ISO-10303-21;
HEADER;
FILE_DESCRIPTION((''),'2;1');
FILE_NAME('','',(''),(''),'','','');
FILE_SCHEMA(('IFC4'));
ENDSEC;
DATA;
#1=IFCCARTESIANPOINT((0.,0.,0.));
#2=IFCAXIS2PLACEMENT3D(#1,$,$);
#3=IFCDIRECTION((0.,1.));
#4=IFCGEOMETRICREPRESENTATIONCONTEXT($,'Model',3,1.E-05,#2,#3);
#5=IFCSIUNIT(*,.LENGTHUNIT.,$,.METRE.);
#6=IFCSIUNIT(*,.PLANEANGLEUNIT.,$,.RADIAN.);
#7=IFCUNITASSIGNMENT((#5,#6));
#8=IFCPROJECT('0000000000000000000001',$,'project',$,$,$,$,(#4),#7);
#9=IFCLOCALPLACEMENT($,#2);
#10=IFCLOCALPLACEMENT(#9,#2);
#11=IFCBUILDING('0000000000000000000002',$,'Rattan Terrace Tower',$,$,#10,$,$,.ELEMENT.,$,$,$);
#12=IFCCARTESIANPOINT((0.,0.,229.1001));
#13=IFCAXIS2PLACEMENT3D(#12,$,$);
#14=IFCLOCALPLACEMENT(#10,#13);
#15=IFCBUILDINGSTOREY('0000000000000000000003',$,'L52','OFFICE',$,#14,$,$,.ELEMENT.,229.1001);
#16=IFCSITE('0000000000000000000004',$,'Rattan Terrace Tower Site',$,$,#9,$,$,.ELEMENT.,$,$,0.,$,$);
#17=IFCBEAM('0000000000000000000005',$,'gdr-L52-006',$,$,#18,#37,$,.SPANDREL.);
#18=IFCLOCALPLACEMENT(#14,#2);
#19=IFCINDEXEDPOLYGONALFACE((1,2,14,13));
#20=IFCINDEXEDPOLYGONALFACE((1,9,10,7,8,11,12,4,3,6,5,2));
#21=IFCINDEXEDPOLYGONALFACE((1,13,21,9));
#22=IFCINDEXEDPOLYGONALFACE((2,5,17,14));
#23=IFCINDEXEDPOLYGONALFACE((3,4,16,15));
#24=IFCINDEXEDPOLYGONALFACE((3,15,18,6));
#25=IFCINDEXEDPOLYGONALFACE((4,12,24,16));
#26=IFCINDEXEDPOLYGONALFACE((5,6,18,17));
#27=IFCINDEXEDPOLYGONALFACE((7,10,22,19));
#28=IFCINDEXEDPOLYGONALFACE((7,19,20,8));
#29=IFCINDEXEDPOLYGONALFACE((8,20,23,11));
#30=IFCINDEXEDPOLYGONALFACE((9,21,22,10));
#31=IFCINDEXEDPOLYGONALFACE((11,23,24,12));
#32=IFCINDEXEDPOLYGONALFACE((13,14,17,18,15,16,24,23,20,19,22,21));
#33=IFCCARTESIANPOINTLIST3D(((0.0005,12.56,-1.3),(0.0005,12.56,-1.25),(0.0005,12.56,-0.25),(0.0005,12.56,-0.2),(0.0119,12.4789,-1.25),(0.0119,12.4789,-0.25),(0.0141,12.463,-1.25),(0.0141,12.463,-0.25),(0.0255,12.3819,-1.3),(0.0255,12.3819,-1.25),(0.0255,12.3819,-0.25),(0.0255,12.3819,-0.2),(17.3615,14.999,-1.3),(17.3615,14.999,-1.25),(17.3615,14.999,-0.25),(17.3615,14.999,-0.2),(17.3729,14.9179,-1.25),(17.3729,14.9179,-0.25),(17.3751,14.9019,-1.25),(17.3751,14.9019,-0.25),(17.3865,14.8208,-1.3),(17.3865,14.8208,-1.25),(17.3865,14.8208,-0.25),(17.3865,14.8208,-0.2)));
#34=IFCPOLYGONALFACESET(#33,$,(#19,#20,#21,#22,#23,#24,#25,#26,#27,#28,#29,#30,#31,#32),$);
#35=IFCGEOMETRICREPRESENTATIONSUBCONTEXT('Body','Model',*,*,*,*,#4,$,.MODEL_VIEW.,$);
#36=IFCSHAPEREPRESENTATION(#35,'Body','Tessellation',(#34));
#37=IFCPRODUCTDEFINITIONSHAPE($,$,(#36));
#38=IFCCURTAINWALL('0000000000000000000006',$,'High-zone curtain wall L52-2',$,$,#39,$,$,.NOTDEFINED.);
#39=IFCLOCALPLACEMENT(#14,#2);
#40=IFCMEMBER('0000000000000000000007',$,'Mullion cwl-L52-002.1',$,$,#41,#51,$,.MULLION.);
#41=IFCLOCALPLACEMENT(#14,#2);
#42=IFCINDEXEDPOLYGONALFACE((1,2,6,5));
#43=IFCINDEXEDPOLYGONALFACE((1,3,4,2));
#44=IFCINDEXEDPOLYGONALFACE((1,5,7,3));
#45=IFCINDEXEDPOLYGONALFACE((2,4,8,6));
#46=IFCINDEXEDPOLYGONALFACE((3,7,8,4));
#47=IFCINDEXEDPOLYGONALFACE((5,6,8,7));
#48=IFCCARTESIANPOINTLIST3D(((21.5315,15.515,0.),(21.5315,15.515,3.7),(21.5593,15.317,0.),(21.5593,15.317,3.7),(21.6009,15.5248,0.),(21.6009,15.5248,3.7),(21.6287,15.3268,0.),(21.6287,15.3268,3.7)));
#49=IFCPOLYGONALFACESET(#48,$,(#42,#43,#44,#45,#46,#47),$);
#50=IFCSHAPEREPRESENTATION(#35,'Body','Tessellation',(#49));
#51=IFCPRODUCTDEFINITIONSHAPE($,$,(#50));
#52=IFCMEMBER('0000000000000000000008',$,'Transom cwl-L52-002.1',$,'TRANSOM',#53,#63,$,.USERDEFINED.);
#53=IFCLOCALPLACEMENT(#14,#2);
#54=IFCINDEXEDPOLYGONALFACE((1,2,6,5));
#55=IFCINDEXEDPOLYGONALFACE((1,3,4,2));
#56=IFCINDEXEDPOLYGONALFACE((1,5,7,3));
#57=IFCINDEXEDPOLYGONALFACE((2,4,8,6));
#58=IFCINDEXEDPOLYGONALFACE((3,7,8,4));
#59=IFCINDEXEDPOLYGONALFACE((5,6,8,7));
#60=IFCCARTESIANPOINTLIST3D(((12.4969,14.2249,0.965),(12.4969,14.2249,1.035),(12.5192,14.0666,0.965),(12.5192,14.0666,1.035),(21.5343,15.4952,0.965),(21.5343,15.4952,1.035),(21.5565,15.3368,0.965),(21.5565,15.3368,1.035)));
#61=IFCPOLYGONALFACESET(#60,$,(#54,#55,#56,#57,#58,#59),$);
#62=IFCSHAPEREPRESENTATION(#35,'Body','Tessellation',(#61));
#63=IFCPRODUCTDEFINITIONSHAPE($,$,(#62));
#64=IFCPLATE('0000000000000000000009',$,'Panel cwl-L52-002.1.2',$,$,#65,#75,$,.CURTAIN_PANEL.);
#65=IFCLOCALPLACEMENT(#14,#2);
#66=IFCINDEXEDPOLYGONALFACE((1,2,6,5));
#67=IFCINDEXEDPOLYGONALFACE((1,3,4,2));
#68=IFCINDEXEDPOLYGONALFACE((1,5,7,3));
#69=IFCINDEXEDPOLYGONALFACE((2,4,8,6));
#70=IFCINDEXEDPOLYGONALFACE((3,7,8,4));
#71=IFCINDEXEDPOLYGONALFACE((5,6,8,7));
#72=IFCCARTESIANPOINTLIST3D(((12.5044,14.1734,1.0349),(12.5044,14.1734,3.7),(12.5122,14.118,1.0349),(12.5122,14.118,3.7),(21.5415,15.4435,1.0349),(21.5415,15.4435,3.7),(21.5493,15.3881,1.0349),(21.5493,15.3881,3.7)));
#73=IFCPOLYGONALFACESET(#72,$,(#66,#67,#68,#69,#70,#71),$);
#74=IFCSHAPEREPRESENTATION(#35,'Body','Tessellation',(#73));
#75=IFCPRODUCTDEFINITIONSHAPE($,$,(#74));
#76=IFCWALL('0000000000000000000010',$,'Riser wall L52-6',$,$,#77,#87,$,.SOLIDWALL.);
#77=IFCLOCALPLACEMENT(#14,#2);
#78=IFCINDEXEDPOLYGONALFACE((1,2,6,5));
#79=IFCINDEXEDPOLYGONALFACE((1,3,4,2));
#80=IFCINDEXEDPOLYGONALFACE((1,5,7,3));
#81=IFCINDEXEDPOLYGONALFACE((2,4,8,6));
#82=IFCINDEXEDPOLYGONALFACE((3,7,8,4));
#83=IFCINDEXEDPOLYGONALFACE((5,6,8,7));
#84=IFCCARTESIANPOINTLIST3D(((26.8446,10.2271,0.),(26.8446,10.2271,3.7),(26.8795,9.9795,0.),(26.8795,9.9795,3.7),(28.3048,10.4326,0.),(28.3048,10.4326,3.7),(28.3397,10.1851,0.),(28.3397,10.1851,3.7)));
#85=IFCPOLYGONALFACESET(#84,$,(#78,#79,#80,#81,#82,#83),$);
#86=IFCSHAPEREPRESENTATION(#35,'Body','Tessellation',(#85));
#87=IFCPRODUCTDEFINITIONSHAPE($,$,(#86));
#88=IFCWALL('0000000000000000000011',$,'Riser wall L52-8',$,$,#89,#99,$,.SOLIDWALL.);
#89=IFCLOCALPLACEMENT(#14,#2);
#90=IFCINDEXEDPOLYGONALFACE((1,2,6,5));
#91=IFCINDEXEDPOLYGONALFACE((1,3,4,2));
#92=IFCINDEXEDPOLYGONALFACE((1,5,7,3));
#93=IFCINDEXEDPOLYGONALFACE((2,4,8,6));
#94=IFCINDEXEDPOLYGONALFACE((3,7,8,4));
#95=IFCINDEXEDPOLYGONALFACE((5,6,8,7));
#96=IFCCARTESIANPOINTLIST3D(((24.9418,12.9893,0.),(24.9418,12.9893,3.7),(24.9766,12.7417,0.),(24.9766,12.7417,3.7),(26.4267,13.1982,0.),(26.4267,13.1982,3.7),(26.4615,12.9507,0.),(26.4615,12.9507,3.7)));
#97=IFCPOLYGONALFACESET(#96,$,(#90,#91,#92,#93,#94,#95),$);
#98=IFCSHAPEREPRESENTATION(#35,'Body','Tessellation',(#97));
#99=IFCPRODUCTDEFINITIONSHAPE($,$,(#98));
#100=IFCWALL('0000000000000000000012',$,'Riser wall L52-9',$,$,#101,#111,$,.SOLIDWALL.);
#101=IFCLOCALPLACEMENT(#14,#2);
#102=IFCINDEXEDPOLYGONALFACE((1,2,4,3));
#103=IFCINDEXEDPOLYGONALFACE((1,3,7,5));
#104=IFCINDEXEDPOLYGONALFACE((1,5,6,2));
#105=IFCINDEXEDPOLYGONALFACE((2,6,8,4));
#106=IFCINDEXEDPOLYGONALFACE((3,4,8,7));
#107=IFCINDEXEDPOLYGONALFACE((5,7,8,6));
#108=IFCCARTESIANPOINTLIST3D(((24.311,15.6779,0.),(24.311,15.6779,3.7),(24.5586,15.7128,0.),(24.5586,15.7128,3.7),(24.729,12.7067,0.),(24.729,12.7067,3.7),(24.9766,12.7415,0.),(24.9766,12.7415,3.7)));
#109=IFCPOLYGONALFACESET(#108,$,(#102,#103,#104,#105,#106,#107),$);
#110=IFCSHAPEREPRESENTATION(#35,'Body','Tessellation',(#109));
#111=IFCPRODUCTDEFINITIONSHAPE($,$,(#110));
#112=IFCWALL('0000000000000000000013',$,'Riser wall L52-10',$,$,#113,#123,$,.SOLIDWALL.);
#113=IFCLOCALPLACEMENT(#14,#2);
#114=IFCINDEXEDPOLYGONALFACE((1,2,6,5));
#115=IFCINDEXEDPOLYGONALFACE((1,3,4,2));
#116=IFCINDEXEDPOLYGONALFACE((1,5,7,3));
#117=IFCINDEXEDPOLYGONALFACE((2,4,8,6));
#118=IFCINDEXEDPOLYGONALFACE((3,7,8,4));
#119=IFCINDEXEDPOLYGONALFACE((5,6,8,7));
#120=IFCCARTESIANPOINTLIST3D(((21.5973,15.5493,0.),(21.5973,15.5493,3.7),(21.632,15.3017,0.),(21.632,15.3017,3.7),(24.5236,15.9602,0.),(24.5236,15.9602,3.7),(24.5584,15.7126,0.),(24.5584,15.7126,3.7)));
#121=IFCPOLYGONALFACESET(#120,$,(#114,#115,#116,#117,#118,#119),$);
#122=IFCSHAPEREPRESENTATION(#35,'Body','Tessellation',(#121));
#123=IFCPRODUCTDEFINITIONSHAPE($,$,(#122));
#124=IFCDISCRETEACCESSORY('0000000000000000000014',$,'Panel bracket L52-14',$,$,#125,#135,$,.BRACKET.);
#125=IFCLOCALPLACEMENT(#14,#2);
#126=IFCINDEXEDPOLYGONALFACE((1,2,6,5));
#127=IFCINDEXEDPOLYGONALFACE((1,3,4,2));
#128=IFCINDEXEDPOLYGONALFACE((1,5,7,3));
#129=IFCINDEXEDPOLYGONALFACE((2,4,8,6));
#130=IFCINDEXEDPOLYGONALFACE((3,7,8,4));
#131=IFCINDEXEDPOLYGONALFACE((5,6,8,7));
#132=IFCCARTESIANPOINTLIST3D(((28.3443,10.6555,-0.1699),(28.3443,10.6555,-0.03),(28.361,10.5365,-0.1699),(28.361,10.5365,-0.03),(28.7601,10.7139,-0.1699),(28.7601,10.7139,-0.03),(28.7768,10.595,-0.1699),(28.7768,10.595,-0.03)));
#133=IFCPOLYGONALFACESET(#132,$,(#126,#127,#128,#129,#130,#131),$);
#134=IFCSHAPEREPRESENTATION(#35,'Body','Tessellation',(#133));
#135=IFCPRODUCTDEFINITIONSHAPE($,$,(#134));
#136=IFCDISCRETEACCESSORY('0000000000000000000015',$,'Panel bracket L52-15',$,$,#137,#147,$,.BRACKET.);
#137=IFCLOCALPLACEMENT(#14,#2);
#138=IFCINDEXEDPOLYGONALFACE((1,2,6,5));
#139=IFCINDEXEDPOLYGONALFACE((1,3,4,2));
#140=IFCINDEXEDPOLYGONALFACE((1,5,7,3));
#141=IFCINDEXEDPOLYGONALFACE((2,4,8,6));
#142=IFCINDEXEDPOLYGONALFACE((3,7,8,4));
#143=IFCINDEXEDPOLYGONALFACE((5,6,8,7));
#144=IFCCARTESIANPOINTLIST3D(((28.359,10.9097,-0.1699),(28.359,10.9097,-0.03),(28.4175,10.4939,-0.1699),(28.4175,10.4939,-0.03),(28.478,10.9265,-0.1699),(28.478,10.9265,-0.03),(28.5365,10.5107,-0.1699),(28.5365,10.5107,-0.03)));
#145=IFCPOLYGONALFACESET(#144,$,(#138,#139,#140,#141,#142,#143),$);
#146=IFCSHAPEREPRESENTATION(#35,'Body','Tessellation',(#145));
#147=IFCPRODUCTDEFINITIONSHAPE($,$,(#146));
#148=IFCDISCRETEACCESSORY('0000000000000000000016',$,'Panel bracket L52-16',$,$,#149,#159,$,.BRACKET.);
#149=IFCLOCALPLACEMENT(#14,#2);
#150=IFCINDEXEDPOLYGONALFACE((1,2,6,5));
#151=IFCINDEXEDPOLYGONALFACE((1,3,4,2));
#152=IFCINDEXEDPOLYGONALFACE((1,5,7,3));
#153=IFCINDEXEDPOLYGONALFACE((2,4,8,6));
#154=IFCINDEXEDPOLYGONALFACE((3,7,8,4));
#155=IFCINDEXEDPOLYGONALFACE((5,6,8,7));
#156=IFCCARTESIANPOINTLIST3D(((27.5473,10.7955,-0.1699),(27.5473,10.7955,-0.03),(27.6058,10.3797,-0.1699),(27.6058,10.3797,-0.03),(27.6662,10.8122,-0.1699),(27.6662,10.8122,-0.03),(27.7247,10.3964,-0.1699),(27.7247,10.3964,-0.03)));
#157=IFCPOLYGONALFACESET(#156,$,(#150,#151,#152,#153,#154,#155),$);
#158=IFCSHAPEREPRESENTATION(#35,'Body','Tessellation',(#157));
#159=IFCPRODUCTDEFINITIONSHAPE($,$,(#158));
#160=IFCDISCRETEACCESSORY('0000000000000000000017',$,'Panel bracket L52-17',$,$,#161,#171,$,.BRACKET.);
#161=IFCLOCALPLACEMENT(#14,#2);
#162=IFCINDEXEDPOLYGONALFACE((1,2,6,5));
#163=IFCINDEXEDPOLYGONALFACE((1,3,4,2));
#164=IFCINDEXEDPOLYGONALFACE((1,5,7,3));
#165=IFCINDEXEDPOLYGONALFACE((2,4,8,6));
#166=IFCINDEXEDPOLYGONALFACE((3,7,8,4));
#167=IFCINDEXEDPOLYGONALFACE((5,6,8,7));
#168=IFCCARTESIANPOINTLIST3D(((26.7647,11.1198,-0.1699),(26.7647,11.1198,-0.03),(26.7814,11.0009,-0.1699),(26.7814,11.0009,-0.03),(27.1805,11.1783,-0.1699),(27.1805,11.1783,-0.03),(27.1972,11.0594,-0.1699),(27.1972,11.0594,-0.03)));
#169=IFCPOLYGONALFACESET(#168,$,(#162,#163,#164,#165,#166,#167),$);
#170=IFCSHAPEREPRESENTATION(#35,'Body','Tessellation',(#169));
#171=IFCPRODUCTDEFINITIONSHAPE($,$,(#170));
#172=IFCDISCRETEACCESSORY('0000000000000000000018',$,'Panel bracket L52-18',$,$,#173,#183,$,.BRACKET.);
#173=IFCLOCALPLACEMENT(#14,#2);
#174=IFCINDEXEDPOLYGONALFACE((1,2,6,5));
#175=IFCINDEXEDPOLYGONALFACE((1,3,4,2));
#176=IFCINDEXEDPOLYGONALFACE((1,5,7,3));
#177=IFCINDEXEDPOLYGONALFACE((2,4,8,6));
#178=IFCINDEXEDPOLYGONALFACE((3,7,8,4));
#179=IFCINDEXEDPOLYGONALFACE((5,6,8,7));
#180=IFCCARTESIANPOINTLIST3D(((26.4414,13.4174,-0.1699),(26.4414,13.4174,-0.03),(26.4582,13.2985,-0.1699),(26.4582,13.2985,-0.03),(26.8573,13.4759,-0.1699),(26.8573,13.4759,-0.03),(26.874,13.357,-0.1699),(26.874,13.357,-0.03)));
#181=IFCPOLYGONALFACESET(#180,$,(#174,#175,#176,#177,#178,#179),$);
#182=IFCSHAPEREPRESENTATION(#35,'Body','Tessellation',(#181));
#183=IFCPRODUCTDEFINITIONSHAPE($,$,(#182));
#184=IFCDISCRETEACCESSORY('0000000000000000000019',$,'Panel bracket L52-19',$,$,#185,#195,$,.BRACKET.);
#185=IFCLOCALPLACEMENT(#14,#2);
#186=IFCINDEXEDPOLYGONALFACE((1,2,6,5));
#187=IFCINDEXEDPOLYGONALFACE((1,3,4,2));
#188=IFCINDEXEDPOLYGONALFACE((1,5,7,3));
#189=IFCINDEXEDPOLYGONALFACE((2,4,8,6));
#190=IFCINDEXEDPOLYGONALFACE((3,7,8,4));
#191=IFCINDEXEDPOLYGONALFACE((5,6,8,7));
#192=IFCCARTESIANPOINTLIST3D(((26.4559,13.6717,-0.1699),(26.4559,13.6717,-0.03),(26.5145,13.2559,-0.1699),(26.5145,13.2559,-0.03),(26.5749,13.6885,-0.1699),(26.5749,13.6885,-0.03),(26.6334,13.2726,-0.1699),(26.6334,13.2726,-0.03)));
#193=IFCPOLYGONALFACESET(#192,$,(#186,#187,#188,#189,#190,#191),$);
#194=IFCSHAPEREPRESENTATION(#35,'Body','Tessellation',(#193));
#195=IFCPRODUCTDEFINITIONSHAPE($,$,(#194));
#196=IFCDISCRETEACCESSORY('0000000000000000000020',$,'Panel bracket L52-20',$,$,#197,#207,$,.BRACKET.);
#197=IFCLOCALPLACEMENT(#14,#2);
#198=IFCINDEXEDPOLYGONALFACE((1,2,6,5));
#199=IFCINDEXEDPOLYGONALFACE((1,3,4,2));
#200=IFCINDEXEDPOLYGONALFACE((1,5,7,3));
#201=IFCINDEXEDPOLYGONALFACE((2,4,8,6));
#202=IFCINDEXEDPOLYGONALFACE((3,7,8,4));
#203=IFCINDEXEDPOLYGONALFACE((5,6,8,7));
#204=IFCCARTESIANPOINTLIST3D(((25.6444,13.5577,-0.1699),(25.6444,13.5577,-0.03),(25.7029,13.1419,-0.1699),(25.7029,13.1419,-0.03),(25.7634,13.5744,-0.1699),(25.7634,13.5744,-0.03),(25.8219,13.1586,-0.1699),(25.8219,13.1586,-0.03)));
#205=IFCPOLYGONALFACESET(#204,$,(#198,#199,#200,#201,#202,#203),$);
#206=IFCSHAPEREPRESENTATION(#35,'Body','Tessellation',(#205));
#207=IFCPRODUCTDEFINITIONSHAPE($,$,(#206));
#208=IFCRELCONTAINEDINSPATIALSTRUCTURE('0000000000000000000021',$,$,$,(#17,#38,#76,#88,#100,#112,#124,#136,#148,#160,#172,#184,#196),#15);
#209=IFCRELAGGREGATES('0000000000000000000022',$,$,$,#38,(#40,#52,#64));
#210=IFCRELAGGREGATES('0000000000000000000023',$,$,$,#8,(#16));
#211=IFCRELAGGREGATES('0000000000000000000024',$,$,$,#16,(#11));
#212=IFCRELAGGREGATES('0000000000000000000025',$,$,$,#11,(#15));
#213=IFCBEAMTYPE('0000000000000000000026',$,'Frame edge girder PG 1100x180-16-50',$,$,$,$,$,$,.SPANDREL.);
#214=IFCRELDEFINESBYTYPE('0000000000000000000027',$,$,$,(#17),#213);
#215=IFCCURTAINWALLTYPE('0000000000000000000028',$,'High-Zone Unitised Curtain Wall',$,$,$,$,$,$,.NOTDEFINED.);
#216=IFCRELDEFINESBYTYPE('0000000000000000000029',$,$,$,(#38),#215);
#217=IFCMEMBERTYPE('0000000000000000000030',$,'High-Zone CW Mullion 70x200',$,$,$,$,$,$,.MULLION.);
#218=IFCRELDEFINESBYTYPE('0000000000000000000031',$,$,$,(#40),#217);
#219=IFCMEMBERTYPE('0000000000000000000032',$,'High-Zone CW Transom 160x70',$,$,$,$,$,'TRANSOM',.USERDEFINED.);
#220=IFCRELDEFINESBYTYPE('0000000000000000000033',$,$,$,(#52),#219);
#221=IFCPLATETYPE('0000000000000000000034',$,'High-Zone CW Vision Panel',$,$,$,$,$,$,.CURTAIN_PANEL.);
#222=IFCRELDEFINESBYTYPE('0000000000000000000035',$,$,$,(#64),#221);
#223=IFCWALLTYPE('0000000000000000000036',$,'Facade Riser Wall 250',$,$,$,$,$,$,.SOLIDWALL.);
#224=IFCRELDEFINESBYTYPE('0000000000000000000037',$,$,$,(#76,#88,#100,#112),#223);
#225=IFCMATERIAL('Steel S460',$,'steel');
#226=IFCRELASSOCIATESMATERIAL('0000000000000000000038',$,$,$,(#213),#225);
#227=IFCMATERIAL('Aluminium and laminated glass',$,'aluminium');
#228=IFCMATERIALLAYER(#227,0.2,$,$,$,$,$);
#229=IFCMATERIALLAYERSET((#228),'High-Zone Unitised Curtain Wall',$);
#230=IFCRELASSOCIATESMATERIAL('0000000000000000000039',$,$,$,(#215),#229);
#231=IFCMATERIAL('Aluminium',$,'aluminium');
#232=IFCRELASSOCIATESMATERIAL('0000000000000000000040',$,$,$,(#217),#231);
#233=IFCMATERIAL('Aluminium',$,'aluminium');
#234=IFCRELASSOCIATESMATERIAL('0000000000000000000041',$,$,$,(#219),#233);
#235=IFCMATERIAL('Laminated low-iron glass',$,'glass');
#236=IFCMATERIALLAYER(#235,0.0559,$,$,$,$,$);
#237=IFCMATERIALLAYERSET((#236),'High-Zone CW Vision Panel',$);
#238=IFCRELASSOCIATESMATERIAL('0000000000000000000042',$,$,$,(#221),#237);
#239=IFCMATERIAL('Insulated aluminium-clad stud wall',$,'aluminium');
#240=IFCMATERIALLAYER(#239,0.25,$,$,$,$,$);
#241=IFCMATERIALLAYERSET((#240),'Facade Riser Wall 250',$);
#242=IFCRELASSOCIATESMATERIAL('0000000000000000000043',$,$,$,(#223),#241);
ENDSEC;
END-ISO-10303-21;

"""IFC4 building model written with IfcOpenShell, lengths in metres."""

from ifc_helpers import new_model, si_unit, direction, frame, frame_2d, origin, origin_2d, place, context, subcontext, project, spatial, rectangle, i_section, extrude, material, layer, layer_set, material_profile, profile_set, type_object, element, aggregate, save


model = new_model("IFC4")

# Units and contexts
model_context = context("Model", 3, precision=1e-05, world=origin(), true_north=direction((0.0, 1.0)))
body_context = subcontext(model_context, "Body", "Model", "MODEL_VIEW")
ifc_project = project(units=[si_unit("LENGTHUNIT", "METRE"), si_unit("PLANEANGLEUNIT", "RADIAN")], contexts=[model_context])

# Site, building, storey
site_placement = place(None, origin())
site = spatial("IfcSite", under=ifc_project, at=site_placement, Name="Rattan Terrace Tower Site", CompositionType="ELEMENT", RefElevation=0.0)
building_placement = place(site_placement, origin())
building = spatial("IfcBuilding", under=site, at=building_placement, Name="Rattan Terrace Tower", CompositionType="ELEMENT")
storey_placement = place(building_placement, frame((0.0, 0.0, 229.1001)))
storey = spatial("IfcBuildingStorey", under=building, at=storey_placement, Name="L52", Description="OFFICE", CompositionType="ELEMENT", Elevation=229.1001)

# Beam
ifc_material_1 = material(Name="Steel S460", Category="steel")
ifc_material_profile_1 = material_profile(ifc_material_1, i_section(OverallWidth=0.1799, OverallDepth=1.1001, WebThickness=0.0161, FlangeThickness=0.05, at=origin_2d()), Name="PG 1100x180-16-50")
ifc_profile_set_1 = profile_set([ifc_material_profile_1], Name="Steel S460")
beam_type = type_object("IfcBeamType", Name="Frame edge girder PG 1100x180-16-50", PredefinedType="SPANDREL", material=ifc_profile_set_1)
beam_placement = place(storey_placement, frame((17.374, 14.9099, -0.75), z_axis=(-0.990276, -0.139118, 0.0), x_axis=(0.139118, -0.990276, 0.0)))
element("IfcBeam", 1, at=beam_placement, inside=storey, type_object=beam_type, Name="gdr-L52-006", PredefinedType="SPANDREL", context=body_context, shape_type="SweptSolid", body=[
    extrude(i_section(OverallWidth=0.1799, OverallDepth=1.1001, WebThickness=0.0161, FlangeThickness=0.05, at=origin_2d()), origin(), (0.0, 0.0, 1.0), 17.5315),
])

# Curtain wall, members, plate
ifc_material_2 = material(Name="Aluminium and laminated glass", Category="aluminium")
ifc_layer_1 = layer(ifc_material_2, 0.2)
ifc_layer_set_1 = layer_set([ifc_layer_1], Name="High-Zone Unitised Curtain Wall")
curtain_wall_type = type_object("IfcCurtainWallType", Name="High-Zone Unitised Curtain Wall", PredefinedType="NOTDEFINED", material=ifc_layer_set_1)
curtain_wall_placement = place(storey_placement, origin())
curtain_wall = element("IfcCurtainWall", 2, at=curtain_wall_placement, inside=storey, type_object=curtain_wall_type, Name="High-zone curtain wall L52-2", PredefinedType="NOTDEFINED")
ifc_material_3 = material(Name="Aluminium", Category="aluminium")
ifc_material_profile_2 = material_profile(ifc_material_3, rectangle(XDim=0.0701, YDim=0.2, at=origin_2d()), Name="Aluminium 70x200")
ifc_profile_set_2 = profile_set([ifc_material_profile_2], Name="Aluminium")
member_type_1 = type_object("IfcMemberType", Name="High-Zone CW Mullion 70x200", PredefinedType="MULLION", material=ifc_profile_set_2)
member_1_placement = place(storey_placement, frame((21.5801, 15.4209, 0.0), z_axis=(0.0, 0.0, 1.0), x_axis=(-0.990267, -0.139177, 0.0)))
member_1 = element("IfcMember", 3, at=member_1_placement, type_object=member_type_1, Name="Mullion cwl-L52-002.1", PredefinedType="MULLION", context=body_context, shape_type="SweptSolid", body=[
    extrude(rectangle(XDim=0.0701, YDim=0.2, at=origin_2d()), origin(), (0.0, 0.0, 1.0), 3.7),
])
ifc_material_4 = material(Name="Aluminium", Category="aluminium")
ifc_material_profile_3 = material_profile(ifc_material_4, rectangle(XDim=0.1599, YDim=0.0701, at=origin_2d()), Name="Aluminium 160x70")
ifc_profile_set_3 = profile_set([ifc_material_profile_3], Name="Aluminium")
member_type_2 = type_object("IfcMemberType", Name="High-Zone CW Transom 160x70", ElementType="TRANSOM", PredefinedType="USERDEFINED", material=ifc_profile_set_3)
member_2_placement = place(storey_placement, frame((21.5454, 15.416, 1.0), z_axis=(-0.990266, -0.139189, 0.0), x_axis=(0.139189, -0.990266, 0.0)))
member_2 = element("IfcMember", 4, at=member_2_placement, type_object=member_type_2, Name="Transom cwl-L52-002.1", ObjectType="TRANSOM", PredefinedType="USERDEFINED", context=body_context, shape_type="SweptSolid", body=[
    extrude(rectangle(XDim=0.1599, YDim=0.0701, at=origin_2d()), origin(), (0.0, 0.0, 1.0), 9.1262),
])
ifc_material_5 = material(Name="Laminated low-iron glass", Category="glass")
ifc_layer_2 = layer(ifc_material_5, 0.0559)
ifc_layer_set_2 = layer_set([ifc_layer_2], Name="High-Zone CW Vision Panel")
plate_type = type_object("IfcPlateType", Name="High-Zone CW Vision Panel", PredefinedType="CURTAIN_PANEL", material=ifc_layer_set_2)
plate_placement = place(storey_placement, frame((17.0269, 14.7808, 1.0349), z_axis=(0.0, 0.0, 1.0), x_axis=(-0.990267, -0.139177, 0.0)))
plate = element("IfcPlate", 5, at=plate_placement, type_object=plate_type, Name="Panel cwl-L52-002.1.2", PredefinedType="CURTAIN_PANEL", context=body_context, shape_type="SweptSolid", body=[
    extrude(rectangle(XDim=9.126, YDim=0.0559, at=origin_2d()), origin(), (0.0, 0.0, 1.0), 2.665),
])
aggregate(curtain_wall, [member_1, member_2, plate])

# Walls
ifc_material_6 = material(Name="Insulated aluminium-clad stud wall", Category="aluminium")
ifc_layer_3 = layer(ifc_material_6, 0.25)
ifc_layer_set_3 = layer_set([ifc_layer_3], Name="Facade Riser Wall 250")
wall_type = type_object("IfcWallType", Name="Facade Riser Wall 250", PredefinedType="SOLIDWALL", material=ifc_layer_set_3)
wall_1_placement = place(storey_placement, frame((28.3223, 10.3088, 0.0), z_axis=(0.0, 0.0, 1.0), x_axis=(-0.990236, -0.139404, 0.0)))
element("IfcWall", 6, at=wall_1_placement, inside=storey, type_object=wall_type, Name="Riser wall L52-6", PredefinedType="SOLIDWALL", context=body_context, shape_type="SweptSolid", body=[
    extrude(rectangle(XDim=1.4746, YDim=0.25, at=frame_2d((0.7373, 0.0))), origin(), (0.0, 0.0, 1.0), 3.7),
])
wall_2_placement = place(storey_placement, frame((26.4441, 13.0745, 0.0), z_axis=(0.0, 0.0, 1.0), x_axis=(-0.99024, -0.13937, 0.0)))
element("IfcWall", 7, at=wall_2_placement, inside=storey, type_object=wall_type, Name="Riser wall L52-8", PredefinedType="SOLIDWALL", context=body_context, shape_type="SweptSolid", body=[
    extrude(rectangle(XDim=1.4995, YDim=0.25, at=frame_2d((0.7498, 0.0))), origin(), (0.0, 0.0, 1.0), 3.7),
])
wall_3_placement = place(storey_placement, frame((24.8528, 12.7241, 0.0), z_axis=(0.0, 0.0, 1.0), x_axis=(-0.139302, 0.99025, 0.0)))
element("IfcWall", 8, at=wall_3_placement, inside=storey, type_object=wall_type, Name="Riser wall L52-9", PredefinedType="SOLIDWALL", context=body_context, shape_type="SweptSolid", body=[
    extrude(rectangle(XDim=3.0005, YDim=0.25, at=frame_2d((1.5002, 0.0))), origin(), (0.0, 0.0, 1.0), 3.7),
])
wall_4_placement = place(storey_placement, frame((24.541, 15.8364, 0.0), z_axis=(0.0, 0.0, 1.0), x_axis=(-0.990285, -0.13905, 0.0)))
element("IfcWall", 9, at=wall_4_placement, inside=storey, type_object=wall_type, Name="Riser wall L52-10", PredefinedType="SOLIDWALL", context=body_context, shape_type="SweptSolid", body=[
    extrude(rectangle(XDim=2.9551, YDim=0.25, at=frame_2d((1.4775, 0.0))), origin(), (0.0, 0.0, 1.0), 3.7),
])

# Discrete accessories
for number, where, z_axis, x_axis, name in (
    (10, (28.5605, 10.6252, -0.1699), (0.0, 0.0, 1.0), (-0.139186, 0.990266, 0.0), "Panel bracket L52-14"),
    (11, (28.4478, 10.7102, -0.1699), (0.0, 0.0, 1.0), (-0.990241, -0.139367, 0.0), "Panel bracket L52-15"),
    (12, (27.636, 10.5959, -0.1699), (0.0, 0.0, 1.0), (-0.990241, -0.139367, 0.0), "Panel bracket L52-16"),
    (13, (26.981, 11.0896, -0.1699), (0.0, 0.0, 1.0), (-0.139321, 0.990247, 0.0), "Panel bracket L52-17"),
    (14, (26.6577, 13.3872, -0.1699), (0.0, 0.0, 1.0), (-0.139321, 0.990247, 0.0), "Panel bracket L52-18"),
    (15, (26.5447, 13.4722, -0.1699), (0.0, 0.0, 1.0), (-0.990241, -0.139367, 0.0), "Panel bracket L52-19"),
    (16, (25.7332, 13.3582, -0.1699), (0.0, 0.0, 1.0), (-0.990241, -0.139367, 0.0), "Panel bracket L52-20"),
):
    element("IfcDiscreteAccessory", number, at=place(storey_placement, frame(where, z_axis=z_axis, x_axis=x_axis)), inside=storey, Name=name, PredefinedType="BRACKET", context=body_context, shape_type="SweptSolid", body=[
        extrude(rectangle(XDim=0.1201, YDim=0.4199, at=origin_2d()), origin(), (0.0, 0.0, 1.0), 0.1399),
    ])

save(model, "model.ifc")
